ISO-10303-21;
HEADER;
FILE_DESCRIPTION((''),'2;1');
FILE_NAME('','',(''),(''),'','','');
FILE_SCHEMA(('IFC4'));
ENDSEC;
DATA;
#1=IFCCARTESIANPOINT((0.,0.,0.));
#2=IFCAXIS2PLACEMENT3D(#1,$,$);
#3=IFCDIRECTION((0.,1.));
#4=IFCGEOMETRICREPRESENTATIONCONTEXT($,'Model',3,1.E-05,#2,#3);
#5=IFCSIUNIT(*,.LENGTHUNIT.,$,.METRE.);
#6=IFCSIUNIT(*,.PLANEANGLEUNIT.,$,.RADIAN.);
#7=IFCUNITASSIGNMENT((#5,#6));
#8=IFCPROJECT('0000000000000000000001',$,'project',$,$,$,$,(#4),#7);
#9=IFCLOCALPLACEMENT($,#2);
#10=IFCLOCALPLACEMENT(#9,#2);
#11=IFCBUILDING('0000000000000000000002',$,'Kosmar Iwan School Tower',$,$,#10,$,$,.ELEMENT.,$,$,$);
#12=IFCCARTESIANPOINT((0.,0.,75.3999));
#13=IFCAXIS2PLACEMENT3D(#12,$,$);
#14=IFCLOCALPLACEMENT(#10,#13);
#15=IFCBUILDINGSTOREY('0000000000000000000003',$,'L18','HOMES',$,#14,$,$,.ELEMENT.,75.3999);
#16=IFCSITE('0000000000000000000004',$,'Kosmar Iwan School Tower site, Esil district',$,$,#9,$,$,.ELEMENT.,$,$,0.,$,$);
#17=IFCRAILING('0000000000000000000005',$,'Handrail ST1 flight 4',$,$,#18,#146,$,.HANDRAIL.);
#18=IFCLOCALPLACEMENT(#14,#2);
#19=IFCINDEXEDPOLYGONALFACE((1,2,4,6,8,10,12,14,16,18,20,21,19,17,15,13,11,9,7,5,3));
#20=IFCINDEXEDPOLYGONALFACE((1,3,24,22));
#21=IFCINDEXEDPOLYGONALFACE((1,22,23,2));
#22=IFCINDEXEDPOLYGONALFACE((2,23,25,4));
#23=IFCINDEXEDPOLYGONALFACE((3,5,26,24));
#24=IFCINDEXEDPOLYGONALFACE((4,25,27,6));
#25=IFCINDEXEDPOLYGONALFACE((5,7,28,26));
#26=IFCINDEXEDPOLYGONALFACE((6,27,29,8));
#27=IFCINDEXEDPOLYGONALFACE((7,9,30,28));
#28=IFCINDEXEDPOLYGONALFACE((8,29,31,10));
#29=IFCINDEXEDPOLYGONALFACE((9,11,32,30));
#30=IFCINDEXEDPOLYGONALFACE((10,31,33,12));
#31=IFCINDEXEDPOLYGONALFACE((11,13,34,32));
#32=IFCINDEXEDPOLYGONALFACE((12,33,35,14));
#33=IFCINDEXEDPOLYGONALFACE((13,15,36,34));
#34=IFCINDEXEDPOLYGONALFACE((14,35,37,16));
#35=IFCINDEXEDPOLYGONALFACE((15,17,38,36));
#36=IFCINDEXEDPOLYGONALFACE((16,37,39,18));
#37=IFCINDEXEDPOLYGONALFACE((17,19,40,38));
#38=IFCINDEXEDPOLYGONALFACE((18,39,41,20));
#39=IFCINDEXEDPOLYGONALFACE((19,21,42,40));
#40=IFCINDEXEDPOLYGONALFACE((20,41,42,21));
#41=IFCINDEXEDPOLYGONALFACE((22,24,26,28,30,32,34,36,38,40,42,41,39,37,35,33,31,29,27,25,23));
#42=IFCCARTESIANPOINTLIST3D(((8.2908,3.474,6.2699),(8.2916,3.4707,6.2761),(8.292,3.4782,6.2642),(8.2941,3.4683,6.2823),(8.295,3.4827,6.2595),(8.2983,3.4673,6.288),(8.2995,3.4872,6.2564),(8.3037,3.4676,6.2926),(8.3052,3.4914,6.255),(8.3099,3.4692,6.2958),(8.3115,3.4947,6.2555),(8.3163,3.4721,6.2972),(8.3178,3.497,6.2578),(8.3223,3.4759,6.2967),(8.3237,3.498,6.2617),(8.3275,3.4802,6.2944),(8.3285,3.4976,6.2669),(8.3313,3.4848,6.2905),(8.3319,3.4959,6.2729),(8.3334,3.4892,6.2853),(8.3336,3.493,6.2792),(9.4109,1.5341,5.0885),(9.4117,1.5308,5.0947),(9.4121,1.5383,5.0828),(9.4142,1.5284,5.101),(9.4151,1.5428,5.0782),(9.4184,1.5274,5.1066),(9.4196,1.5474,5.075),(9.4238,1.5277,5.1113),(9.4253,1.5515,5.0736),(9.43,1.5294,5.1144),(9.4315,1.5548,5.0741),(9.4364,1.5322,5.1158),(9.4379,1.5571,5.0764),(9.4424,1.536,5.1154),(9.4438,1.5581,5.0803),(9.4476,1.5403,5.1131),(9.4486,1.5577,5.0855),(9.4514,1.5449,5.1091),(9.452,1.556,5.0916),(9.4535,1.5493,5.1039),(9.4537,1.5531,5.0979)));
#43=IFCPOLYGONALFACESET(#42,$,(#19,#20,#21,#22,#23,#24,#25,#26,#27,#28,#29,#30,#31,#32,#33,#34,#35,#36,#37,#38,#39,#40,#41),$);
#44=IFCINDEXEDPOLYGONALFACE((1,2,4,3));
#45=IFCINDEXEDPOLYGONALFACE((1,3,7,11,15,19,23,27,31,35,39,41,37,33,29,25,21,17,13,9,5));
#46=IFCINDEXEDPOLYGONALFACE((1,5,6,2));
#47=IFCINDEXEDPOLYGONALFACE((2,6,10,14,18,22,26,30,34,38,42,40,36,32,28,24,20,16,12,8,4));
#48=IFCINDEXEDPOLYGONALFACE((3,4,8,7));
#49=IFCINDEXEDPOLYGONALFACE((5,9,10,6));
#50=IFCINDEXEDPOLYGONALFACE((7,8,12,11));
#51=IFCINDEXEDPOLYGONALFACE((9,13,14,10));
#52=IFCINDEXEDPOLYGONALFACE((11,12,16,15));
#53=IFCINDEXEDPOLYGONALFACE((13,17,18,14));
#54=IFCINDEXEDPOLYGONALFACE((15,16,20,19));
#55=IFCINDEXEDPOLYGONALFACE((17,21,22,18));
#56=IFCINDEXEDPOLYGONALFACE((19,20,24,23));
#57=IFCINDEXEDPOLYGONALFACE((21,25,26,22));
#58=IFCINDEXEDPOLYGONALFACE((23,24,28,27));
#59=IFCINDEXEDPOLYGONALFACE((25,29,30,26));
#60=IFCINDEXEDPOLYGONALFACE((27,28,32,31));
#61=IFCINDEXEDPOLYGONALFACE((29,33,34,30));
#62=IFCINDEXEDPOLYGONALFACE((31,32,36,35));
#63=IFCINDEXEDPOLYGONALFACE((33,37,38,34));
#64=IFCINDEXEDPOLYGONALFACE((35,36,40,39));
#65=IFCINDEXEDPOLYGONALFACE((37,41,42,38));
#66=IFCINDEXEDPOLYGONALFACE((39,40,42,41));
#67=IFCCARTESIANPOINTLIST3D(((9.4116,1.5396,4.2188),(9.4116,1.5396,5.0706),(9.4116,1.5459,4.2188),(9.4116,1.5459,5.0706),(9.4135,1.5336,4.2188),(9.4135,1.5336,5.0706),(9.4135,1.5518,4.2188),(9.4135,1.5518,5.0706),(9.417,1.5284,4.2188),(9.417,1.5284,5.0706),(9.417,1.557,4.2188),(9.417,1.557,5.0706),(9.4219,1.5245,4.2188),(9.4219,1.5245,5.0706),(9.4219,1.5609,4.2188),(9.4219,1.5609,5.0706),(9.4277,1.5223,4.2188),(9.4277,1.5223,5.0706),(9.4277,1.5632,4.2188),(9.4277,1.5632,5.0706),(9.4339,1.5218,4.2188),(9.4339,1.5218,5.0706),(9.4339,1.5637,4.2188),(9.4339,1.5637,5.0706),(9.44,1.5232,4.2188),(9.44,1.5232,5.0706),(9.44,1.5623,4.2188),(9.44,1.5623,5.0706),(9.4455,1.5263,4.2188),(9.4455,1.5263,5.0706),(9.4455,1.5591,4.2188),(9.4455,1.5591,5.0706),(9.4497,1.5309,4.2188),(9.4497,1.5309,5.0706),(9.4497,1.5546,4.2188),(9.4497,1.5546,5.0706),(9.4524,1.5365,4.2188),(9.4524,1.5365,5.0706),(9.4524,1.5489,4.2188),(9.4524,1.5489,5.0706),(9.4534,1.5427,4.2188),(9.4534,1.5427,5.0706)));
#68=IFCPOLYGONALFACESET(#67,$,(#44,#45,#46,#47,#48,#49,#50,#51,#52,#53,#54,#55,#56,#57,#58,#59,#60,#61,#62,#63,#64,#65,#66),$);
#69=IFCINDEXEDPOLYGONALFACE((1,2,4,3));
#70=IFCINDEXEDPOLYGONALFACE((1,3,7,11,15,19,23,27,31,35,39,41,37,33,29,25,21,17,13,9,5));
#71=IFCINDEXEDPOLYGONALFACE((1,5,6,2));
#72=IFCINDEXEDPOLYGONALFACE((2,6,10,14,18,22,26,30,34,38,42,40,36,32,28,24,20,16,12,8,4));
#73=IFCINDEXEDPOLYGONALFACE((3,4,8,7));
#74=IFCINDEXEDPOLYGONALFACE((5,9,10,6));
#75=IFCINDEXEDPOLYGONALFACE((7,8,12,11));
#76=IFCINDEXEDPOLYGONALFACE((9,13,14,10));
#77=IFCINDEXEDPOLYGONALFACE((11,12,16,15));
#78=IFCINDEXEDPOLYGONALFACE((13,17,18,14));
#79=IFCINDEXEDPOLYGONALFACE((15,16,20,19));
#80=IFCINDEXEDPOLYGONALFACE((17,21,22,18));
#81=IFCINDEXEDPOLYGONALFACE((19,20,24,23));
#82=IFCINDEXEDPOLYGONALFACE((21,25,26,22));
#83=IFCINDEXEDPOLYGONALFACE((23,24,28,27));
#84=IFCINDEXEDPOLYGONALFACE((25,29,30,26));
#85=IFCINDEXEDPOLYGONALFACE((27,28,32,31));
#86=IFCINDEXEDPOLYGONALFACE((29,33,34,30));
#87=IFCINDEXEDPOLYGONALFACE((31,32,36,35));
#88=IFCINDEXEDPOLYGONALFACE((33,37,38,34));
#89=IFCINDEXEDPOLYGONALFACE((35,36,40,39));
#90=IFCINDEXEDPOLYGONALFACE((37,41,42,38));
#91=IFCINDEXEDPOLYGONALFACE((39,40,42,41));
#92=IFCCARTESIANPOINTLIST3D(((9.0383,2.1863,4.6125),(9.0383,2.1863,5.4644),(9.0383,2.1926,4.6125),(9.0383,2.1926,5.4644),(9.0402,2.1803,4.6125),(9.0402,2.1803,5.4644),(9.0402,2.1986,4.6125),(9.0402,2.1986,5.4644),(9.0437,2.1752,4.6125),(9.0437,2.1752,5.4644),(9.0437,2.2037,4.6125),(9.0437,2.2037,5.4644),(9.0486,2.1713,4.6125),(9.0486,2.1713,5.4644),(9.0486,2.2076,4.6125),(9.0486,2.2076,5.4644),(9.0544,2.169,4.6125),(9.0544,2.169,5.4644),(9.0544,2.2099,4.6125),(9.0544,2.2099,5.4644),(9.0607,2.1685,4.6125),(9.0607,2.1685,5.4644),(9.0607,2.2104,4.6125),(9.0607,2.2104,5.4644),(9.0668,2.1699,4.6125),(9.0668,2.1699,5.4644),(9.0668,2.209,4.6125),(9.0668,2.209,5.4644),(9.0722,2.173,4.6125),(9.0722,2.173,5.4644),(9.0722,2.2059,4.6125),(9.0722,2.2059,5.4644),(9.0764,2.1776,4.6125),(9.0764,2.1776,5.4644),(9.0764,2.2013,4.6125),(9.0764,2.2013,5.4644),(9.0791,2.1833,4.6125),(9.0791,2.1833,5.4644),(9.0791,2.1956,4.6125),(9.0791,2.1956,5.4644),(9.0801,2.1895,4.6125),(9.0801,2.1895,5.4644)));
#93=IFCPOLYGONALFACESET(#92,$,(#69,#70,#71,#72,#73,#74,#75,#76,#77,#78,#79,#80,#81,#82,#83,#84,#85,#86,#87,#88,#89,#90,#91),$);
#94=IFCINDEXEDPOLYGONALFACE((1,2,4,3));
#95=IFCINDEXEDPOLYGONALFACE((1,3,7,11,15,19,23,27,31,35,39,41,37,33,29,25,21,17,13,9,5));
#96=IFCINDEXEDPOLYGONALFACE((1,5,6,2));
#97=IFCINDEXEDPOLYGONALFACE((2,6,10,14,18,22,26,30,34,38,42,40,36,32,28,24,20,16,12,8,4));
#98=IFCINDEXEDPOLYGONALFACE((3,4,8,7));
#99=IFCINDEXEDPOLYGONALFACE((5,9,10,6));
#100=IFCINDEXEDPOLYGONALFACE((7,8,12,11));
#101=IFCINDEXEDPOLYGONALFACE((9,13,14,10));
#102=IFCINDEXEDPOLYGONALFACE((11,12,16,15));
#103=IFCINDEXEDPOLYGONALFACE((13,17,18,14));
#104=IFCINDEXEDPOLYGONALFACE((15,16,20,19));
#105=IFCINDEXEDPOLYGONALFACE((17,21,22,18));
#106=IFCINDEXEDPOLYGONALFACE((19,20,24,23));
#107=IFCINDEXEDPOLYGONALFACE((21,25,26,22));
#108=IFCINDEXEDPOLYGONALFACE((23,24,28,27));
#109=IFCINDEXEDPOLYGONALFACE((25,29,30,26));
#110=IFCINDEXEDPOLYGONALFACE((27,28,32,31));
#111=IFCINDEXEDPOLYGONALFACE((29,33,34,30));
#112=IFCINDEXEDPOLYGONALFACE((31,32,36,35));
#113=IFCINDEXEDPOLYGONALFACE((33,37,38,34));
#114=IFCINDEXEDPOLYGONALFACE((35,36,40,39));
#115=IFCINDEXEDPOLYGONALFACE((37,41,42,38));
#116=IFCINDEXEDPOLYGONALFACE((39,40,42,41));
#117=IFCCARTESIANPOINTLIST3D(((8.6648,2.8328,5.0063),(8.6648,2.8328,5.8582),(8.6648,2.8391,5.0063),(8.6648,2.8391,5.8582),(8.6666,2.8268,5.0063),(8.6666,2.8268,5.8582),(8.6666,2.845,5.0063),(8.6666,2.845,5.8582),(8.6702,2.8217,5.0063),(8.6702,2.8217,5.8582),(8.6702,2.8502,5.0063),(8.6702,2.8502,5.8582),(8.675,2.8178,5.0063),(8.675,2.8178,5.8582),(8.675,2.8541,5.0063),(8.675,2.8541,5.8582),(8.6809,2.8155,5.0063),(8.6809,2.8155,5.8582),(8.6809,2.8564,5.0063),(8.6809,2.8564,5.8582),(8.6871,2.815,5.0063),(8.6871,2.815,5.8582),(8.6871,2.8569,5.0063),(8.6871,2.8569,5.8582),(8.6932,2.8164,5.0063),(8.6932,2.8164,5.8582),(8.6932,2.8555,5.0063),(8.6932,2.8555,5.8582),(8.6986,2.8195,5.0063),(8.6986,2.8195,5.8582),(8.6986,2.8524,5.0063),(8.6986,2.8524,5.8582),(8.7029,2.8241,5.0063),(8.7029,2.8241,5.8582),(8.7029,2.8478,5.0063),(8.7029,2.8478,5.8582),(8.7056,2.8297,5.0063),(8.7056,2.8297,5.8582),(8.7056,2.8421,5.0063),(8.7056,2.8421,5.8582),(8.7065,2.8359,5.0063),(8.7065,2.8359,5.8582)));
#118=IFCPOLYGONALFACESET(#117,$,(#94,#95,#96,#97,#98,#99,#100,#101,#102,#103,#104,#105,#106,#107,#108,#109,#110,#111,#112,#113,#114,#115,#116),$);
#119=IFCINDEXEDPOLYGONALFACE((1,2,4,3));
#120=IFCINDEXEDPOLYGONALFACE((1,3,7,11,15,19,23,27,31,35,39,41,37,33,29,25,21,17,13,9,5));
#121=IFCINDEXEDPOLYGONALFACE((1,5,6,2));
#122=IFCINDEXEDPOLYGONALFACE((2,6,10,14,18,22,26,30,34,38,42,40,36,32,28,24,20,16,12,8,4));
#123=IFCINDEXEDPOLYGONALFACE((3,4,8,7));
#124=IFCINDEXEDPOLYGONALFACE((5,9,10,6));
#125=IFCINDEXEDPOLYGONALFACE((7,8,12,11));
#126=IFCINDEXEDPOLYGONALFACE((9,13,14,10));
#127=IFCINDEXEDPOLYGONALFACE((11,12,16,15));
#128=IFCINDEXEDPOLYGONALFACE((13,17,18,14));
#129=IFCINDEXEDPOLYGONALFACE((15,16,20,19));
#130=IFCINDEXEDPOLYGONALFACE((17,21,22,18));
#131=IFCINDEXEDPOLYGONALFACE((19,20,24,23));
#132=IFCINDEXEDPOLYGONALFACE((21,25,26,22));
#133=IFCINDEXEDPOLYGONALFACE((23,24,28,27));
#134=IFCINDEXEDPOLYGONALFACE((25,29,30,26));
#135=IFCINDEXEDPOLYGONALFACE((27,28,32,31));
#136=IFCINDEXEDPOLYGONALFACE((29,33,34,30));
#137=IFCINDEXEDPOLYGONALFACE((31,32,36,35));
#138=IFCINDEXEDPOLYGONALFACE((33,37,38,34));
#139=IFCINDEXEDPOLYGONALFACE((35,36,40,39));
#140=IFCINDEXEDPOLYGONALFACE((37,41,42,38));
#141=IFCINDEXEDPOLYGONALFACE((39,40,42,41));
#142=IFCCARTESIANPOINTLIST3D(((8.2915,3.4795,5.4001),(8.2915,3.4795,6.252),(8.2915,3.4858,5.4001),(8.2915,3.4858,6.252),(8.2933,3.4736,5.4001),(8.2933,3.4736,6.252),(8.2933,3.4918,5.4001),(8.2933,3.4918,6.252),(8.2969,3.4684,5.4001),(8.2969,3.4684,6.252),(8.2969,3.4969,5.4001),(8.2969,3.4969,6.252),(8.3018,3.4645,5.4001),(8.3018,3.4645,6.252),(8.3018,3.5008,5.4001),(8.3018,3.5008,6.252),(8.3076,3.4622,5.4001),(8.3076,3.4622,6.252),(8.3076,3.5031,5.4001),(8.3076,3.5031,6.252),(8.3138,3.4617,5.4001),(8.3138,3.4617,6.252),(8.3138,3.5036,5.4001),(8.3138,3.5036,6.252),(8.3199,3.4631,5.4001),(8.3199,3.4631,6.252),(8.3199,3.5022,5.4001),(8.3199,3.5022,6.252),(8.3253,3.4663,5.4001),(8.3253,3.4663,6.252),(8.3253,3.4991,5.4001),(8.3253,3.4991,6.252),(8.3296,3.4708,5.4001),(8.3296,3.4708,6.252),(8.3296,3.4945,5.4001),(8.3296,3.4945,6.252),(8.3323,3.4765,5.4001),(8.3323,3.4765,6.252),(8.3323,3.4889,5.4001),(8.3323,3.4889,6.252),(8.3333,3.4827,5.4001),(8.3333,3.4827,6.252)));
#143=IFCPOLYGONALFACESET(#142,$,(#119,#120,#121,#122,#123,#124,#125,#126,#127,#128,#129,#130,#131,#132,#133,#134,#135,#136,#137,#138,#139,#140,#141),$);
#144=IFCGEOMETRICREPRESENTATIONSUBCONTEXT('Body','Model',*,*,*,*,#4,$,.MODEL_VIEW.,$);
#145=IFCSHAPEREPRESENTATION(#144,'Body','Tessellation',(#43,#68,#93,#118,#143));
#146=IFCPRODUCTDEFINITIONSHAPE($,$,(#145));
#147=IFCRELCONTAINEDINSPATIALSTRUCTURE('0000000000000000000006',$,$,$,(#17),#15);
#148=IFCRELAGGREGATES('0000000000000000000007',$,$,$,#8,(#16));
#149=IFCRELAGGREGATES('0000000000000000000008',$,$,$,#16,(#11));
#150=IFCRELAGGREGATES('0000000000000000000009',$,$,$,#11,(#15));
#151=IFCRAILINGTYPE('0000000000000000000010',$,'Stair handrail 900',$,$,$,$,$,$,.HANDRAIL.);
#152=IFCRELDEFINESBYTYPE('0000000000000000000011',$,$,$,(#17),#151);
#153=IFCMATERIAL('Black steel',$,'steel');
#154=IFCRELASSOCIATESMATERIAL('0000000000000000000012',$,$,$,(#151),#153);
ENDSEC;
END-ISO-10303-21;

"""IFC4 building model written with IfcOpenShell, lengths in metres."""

from ifc_helpers import new_model, si_unit, direction, frame, origin, origin_2d, place, context, subcontext, project, spatial, circle, extrude, material, type_object, element, save


model = new_model("IFC4")

# Units and contexts
model_context = context("Model", 3, precision=1e-05, world=origin(), true_north=direction((0.0, 1.0)))
body_context = subcontext(model_context, "Body", "Model", "MODEL_VIEW")
ifc_project = project(units=[si_unit("LENGTHUNIT", "METRE"), si_unit("PLANEANGLEUNIT", "RADIAN")], contexts=[model_context])

# Site, building, storey
site_placement = place(None, origin())
site = spatial("IfcSite", under=ifc_project, at=site_placement, Name="Kosmar Iwan School Tower site, Esil district", CompositionType="ELEMENT", RefElevation=0.0)
building_placement = place(site_placement, origin())
building = spatial("IfcBuilding", under=site, at=building_placement, Name="Kosmar Iwan School Tower", CompositionType="ELEMENT")
storey_placement = place(building_placement, frame((0.0, 0.0, 75.3999)))
storey = spatial("IfcBuildingStorey", under=building, at=storey_placement, Name="L18", Description="HOMES", CompositionType="ELEMENT", Elevation=75.3999)

# Railing
ifc_material_1 = material(Name="Black steel", Category="steel")
railing_type = type_object("IfcRailingType", Name="Stair handrail 900", PredefinedType="HANDRAIL", material=ifc_material_1)
railing_1_placement = place(storey_placement, frame((9.4324, 1.5427, 4.2188)))
element("IfcRailing", 1, at=railing_1_placement, inside=storey, type_object=railing_type, Name="Handrail ST1 flight 4", PredefinedType="HANDRAIL", context=body_context, shape_type="SweptSolid", body=[
    extrude(circle(Radius=0.0239, at=origin_2d()), frame((0.0, 0.0, 0.876), z_axis=(-0.442291, 0.766008, 0.466488), x_axis=(-0.866008, -0.500031, 0.0)), (0.0, 0.0, 1.0), 2.5325),
    extrude(circle(Radius=0.021, at=origin_2d()), origin(), (0.0, 0.0, 1.0), 0.8518),
    extrude(circle(Radius=0.021, at=origin_2d()), frame((-0.3733, 0.6467, 0.3938)), (0.0, 0.0, 1.0), 0.8518),
    extrude(circle(Radius=0.021, at=origin_2d()), frame((-0.7468, 1.2932, 0.7876)), (0.0, 0.0, 1.0), 0.8518),
    extrude(circle(Radius=0.021, at=origin_2d()), frame((-1.1201, 1.9399, 1.1814)), (0.0, 0.0, 1.0), 0.8518),
])

save(model, "model.ifc")
